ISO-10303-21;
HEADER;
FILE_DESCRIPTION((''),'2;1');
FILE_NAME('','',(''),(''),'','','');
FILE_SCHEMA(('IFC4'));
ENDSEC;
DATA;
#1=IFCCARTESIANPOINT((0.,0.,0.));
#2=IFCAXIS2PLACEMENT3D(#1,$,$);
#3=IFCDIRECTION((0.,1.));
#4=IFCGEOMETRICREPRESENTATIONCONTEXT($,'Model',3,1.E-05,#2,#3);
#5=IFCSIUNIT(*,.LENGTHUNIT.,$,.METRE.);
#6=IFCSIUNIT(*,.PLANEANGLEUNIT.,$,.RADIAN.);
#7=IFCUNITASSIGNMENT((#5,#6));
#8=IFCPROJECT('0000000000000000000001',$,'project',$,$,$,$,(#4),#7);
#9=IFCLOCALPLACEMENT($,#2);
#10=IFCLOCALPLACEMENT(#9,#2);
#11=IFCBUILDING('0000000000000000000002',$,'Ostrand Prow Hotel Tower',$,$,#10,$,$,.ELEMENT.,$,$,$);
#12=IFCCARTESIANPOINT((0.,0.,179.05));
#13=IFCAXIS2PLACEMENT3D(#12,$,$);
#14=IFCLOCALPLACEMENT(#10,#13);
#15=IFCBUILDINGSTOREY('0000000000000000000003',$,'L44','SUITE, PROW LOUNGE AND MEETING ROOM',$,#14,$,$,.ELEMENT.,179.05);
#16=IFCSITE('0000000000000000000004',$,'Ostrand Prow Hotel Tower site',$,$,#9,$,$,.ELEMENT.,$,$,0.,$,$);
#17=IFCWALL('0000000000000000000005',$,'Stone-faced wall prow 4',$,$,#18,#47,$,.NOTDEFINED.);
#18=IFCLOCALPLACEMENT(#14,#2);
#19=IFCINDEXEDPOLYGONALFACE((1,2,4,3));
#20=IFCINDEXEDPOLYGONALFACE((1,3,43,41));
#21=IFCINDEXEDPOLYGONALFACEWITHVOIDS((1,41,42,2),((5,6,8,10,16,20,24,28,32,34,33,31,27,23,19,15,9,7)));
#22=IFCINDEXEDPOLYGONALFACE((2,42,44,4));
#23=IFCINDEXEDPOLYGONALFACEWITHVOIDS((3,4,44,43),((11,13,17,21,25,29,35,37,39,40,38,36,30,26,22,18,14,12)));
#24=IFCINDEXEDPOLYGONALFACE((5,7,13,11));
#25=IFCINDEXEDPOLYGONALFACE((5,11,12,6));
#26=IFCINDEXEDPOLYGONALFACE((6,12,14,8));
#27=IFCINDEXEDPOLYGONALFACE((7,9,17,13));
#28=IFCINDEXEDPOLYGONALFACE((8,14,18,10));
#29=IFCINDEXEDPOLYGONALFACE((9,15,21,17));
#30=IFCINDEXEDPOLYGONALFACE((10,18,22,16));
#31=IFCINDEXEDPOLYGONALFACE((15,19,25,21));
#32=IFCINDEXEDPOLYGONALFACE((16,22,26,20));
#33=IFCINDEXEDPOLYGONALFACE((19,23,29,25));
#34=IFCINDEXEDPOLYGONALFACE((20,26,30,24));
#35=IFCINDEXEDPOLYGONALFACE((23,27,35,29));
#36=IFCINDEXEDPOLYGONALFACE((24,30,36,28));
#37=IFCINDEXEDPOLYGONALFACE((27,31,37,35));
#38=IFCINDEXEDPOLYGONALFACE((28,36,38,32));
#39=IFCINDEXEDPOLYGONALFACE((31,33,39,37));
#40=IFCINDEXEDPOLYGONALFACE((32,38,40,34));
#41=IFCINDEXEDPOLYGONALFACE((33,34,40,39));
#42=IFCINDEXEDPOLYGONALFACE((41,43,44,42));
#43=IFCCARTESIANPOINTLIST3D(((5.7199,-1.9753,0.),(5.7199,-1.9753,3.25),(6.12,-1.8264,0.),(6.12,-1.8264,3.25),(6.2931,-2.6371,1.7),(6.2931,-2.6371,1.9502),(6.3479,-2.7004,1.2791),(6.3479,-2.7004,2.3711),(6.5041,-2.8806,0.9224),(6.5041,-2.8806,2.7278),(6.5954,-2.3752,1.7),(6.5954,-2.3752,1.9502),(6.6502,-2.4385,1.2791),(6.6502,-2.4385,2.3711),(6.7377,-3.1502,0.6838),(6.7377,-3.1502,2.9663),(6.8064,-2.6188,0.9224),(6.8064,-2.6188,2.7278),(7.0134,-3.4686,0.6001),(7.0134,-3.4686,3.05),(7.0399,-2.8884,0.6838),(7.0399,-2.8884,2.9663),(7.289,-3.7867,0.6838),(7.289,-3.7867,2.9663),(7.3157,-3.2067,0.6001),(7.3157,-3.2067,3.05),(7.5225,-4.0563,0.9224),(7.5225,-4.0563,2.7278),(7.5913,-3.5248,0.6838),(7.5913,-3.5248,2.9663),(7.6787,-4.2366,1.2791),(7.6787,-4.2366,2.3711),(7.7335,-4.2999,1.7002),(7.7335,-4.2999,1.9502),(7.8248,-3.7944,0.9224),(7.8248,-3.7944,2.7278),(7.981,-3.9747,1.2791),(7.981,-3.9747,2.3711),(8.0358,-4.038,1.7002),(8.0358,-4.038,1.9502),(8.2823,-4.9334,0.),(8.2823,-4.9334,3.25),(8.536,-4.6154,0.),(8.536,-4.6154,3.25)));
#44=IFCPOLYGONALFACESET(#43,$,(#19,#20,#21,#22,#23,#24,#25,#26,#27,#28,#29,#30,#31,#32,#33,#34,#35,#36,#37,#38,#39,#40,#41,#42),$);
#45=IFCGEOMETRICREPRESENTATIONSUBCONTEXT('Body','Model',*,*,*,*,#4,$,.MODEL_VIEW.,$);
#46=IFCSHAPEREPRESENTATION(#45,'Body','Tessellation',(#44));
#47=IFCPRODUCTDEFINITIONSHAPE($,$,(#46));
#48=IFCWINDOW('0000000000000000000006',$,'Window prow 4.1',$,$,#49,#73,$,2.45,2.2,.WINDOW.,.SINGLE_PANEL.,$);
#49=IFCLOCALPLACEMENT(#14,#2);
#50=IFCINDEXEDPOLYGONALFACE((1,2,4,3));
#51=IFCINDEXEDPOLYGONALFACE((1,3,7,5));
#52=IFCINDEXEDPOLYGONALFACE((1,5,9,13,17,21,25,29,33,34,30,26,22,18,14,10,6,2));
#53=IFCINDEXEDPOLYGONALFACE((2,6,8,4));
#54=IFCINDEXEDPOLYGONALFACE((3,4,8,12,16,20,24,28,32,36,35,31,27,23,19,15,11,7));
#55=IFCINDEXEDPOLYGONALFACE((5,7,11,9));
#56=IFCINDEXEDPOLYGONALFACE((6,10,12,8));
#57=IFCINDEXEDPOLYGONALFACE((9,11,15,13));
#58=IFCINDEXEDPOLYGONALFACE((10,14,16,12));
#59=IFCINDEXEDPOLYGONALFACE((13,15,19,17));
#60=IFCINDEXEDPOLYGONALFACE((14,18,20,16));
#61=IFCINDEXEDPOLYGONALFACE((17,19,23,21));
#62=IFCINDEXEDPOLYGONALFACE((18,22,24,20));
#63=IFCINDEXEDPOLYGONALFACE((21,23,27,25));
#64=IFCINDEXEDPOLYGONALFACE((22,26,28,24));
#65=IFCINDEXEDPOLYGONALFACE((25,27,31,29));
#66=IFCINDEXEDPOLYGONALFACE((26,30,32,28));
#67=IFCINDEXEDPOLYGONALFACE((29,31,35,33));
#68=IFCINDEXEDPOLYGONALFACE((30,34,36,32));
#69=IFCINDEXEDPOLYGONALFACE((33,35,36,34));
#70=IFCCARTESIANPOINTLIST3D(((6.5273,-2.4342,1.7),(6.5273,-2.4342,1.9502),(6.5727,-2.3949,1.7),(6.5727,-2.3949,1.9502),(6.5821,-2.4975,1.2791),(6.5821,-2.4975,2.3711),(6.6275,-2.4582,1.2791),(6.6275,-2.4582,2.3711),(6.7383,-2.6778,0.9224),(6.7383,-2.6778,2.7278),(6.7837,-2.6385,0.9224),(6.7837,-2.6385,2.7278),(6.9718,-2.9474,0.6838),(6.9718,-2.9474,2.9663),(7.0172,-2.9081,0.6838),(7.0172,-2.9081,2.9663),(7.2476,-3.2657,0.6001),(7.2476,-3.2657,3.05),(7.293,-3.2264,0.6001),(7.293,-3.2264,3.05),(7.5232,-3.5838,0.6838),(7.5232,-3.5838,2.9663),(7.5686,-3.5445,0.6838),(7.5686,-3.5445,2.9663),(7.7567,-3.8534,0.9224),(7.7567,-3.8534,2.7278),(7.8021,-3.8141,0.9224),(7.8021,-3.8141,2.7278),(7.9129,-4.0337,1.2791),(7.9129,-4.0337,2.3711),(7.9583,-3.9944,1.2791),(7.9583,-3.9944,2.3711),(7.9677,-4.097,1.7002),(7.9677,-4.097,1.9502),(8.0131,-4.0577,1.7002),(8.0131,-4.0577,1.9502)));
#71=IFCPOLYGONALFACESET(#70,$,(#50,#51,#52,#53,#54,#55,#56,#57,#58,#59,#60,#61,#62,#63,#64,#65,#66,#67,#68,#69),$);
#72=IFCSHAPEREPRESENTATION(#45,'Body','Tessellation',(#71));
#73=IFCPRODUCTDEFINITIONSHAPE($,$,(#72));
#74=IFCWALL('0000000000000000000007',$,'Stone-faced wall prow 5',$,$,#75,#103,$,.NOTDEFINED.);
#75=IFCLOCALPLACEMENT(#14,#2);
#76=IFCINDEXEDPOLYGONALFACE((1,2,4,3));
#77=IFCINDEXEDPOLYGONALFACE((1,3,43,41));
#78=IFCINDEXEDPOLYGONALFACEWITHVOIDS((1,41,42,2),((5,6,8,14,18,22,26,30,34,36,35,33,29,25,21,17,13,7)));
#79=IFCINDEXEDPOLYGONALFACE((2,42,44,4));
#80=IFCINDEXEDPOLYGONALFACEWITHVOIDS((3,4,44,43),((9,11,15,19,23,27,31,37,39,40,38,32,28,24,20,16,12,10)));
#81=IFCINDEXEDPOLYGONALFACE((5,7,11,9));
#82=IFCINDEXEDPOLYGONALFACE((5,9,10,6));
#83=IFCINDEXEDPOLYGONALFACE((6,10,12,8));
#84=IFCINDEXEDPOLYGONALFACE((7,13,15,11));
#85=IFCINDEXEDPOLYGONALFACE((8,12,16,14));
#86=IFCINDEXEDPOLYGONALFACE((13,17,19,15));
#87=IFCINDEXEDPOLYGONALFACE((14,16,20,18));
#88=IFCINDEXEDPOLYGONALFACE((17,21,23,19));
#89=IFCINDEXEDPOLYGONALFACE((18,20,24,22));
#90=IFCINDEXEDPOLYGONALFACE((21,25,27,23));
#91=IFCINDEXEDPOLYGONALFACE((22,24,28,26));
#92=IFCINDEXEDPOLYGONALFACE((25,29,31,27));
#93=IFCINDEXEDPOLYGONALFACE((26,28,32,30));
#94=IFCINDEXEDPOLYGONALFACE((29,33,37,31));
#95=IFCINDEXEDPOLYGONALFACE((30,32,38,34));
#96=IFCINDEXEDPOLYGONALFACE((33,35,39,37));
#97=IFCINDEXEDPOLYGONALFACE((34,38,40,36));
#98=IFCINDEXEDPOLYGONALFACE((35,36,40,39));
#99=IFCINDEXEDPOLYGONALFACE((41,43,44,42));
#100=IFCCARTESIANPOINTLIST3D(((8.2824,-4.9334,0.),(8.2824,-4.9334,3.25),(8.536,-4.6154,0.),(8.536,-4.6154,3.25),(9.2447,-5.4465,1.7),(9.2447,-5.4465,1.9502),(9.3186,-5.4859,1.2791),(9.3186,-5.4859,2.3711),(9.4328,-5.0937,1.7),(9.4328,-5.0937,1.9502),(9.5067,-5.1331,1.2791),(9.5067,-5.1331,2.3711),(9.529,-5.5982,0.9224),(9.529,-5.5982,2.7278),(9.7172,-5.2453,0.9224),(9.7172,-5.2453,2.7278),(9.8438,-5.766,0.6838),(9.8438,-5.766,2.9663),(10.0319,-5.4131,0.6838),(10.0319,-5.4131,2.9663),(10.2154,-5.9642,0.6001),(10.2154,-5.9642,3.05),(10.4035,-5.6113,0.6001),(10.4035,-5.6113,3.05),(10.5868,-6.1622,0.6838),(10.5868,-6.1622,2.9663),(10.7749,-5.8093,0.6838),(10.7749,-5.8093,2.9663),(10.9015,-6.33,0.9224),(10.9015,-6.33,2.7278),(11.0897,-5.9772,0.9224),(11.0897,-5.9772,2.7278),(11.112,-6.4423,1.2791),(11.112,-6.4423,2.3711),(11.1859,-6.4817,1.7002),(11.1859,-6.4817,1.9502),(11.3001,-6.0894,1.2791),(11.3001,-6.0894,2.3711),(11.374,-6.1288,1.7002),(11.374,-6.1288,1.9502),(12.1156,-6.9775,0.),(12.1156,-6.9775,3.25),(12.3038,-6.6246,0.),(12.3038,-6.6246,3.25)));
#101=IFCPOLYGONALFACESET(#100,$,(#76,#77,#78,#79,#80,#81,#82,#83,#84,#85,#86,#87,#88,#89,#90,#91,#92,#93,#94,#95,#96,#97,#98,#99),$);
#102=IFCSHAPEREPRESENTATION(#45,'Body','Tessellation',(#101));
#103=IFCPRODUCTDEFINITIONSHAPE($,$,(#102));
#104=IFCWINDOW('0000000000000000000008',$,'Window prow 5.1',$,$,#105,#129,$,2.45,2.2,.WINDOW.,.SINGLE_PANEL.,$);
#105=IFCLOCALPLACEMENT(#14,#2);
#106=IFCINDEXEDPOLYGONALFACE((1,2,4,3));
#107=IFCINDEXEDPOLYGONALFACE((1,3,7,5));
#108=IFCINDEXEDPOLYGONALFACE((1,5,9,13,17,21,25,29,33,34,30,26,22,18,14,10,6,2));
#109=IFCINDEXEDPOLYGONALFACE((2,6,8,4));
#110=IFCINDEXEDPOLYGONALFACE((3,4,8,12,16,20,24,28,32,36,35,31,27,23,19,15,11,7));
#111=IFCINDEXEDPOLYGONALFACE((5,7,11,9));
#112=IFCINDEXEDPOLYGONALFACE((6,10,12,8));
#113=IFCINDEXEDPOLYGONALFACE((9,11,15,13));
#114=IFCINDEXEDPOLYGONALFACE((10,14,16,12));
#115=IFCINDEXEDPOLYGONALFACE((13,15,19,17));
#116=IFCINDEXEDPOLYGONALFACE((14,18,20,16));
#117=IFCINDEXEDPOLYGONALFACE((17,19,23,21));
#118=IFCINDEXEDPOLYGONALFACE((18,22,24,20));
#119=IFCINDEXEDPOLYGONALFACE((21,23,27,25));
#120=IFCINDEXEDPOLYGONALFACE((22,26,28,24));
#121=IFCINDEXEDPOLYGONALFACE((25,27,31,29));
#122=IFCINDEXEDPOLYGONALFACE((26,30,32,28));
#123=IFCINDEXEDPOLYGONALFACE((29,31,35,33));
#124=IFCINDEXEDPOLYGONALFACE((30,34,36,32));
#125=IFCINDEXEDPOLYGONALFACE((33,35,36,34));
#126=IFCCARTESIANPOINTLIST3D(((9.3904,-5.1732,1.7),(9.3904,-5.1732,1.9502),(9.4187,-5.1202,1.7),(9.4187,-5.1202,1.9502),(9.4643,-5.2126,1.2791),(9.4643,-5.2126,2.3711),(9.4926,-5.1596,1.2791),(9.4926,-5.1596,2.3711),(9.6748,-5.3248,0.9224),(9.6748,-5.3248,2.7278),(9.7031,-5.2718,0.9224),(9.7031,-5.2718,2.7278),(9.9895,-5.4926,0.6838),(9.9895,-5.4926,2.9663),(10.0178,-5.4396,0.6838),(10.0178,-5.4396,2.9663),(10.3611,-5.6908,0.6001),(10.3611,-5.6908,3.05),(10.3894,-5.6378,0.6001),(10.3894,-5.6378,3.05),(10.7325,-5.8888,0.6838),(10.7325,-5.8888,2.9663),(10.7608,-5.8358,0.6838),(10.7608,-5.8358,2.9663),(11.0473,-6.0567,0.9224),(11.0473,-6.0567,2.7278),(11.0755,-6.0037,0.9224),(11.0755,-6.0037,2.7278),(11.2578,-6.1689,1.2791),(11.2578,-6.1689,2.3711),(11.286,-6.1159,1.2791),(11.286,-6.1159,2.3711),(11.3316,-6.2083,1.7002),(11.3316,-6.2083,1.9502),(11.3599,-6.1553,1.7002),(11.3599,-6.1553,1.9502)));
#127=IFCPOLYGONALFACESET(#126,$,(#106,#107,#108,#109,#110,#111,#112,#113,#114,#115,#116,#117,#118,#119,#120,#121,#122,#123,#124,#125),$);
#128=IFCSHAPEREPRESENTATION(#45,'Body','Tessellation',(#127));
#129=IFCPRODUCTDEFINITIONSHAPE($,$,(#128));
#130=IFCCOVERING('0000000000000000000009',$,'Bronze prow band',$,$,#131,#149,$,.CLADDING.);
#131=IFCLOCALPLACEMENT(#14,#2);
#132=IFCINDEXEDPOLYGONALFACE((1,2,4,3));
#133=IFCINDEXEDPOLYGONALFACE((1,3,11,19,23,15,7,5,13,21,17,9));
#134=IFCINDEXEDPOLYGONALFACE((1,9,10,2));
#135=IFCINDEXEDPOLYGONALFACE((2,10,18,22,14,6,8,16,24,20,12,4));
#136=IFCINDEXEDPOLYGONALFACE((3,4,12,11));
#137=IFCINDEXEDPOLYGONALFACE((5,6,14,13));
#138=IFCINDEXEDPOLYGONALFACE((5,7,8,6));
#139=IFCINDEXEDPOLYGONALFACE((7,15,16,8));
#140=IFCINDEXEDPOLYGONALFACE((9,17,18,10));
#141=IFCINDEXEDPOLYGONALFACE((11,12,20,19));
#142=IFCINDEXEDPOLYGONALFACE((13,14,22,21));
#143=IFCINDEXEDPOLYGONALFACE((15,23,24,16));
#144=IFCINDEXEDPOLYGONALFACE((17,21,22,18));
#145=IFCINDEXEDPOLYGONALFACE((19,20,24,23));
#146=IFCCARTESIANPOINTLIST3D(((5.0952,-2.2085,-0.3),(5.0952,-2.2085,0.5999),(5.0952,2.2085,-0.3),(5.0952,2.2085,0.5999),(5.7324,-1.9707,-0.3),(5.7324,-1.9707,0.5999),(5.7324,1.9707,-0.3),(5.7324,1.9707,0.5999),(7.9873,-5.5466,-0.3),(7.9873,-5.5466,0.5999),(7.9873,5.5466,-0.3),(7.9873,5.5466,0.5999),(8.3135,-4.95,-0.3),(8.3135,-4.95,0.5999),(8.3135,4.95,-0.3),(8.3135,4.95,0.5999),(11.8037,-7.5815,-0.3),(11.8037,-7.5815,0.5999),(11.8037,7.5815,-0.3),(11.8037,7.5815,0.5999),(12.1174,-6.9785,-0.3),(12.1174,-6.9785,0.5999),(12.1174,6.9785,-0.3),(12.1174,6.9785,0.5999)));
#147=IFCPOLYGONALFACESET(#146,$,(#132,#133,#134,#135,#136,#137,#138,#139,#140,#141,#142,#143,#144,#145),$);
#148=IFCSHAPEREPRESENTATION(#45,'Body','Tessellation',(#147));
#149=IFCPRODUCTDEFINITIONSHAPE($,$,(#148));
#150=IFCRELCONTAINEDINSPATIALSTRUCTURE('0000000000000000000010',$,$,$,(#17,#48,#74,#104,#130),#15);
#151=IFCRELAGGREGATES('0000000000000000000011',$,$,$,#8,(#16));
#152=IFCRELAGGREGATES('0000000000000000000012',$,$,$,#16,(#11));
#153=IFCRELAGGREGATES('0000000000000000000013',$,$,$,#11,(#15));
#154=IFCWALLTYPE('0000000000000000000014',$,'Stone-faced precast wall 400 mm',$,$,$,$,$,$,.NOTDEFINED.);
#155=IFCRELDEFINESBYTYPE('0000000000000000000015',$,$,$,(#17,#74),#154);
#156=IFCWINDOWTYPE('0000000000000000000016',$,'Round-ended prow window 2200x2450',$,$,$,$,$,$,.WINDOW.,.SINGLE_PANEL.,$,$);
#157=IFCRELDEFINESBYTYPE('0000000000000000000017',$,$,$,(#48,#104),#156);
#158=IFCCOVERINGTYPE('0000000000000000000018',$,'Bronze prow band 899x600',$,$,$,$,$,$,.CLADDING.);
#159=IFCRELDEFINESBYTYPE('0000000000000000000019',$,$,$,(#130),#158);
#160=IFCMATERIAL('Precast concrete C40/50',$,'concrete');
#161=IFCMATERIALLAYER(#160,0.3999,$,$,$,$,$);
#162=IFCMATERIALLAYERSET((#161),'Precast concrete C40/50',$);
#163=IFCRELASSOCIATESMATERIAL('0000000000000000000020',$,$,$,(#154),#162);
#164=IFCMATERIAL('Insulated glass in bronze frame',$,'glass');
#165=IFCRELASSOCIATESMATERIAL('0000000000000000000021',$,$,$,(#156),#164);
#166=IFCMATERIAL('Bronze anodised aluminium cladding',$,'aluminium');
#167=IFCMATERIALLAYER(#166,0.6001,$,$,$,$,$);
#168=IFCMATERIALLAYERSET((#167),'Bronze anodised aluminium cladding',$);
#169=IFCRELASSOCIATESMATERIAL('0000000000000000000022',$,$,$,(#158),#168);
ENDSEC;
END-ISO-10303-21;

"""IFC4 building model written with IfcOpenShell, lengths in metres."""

from ifc_helpers import new_model, si_unit, direction, frame, origin, place, context, subcontext, project, spatial, polyline, outline, extrude, material, layer, layer_set, type_object, element, fill, save


model = new_model("IFC4")

# Units and contexts
model_context = context("Model", 3, precision=1e-05, world=origin(), true_north=direction((0.0, 1.0)))
body_context = subcontext(model_context, "Body", "Model", "MODEL_VIEW")
ifc_project = project(units=[si_unit("LENGTHUNIT", "METRE"), si_unit("PLANEANGLEUNIT", "RADIAN")], contexts=[model_context])

# Site, building, storey
site_placement = place(None, origin())
site = spatial("IfcSite", under=ifc_project, at=site_placement, Name="Ostrand Prow Hotel Tower site", CompositionType="ELEMENT", RefElevation=0.0)
building_placement = place(site_placement, origin())
building = spatial("IfcBuilding", under=site, at=building_placement, Name="Ostrand Prow Hotel Tower", CompositionType="ELEMENT")
storey_placement = place(building_placement, frame((0.0, 0.0, 179.05)))
storey = spatial("IfcBuildingStorey", under=building, at=storey_placement, Name="L44", Description="SUITE, PROW LOUNGE AND MEETING ROOM", CompositionType="ELEMENT", Elevation=179.05)

# Walls, openings, windows
ifc_material_1 = material(Name="Precast concrete C40/50", Category="concrete")
ifc_layer_1 = layer(ifc_material_1, 0.3999)
ifc_layer_set_1 = layer_set([ifc_layer_1], Name="Precast concrete C40/50")
wall_type = type_object("IfcWallType", Name="Stone-faced precast wall 400 mm", PredefinedType="NOTDEFINED", material=ifc_layer_set_1)
wall_1_placement = place(storey_placement, frame((5.9199, -1.9009, 0.0), z_axis=(0.0, 0.0, 1.0), x_axis=(0.654759, -0.755837, 0.0)))
wall_1 = element("IfcWall", 1, at=wall_1_placement, inside=storey, type_object=wall_type, Name="Stone-faced wall prow 4", PredefinedType="NOTDEFINED", context=body_context, shape_type="SweptSolid", body=[
    extrude(outline(polyline([(-0.0747, -0.2), (3.8389, -0.2), (3.7646, 0.2), (0.0747, 0.2), (-0.0747, -0.2)])), origin(), (0.0, 0.0, 1.0), 3.25),
])
opening_1_placement = place(wall_1_placement, frame((0.8008, 0.0, 0.6001)))
opening_1 = element("IfcOpeningElement", 2, at=opening_1_placement, cuts=wall_1, PredefinedType="OPENING", context=body_context, shape_type="SweptSolid", body=[
    extrude(outline(polyline([(0.0, 1.3501), (0.0837, 1.771), (0.3223, 2.1277), (0.679, 2.3662), (1.1001, 2.45), (1.521, 2.3662), (1.8777, 2.1277), (2.1162, 1.771), (2.2, 1.3501), (2.2, 1.1001), (2.1162, 0.679), (1.8777, 0.3223), (1.521, 0.0837), (1.1001, 0.0), (0.679, 0.0837), (0.3223, 0.3223), (0.0837, 0.679), (0.0, 1.0999), (0.0, 1.3501)])), frame((0.0, 0.21, 0.0), z_axis=(0.0, -1.0, 0.0), x_axis=(1.0, 0.0, 0.0)), (0.0, 0.0, 1.0), 0.4199),
])
ifc_material_2 = material(Name="Insulated glass in bronze frame", Category="glass")
window_type = type_object("IfcWindowType", Name="Round-ended prow window 2200x2450", PartitioningType="SINGLE_PANEL", PredefinedType="WINDOW", material=ifc_material_2)
window_1_placement = place(opening_1_placement, origin())
window_1 = element("IfcWindow", 3, at=window_1_placement, inside=storey, type_object=window_type, Name="Window prow 4.1", OverallHeight=2.45, OverallWidth=2.2, PartitioningType="SINGLE_PANEL", PredefinedType="WINDOW", context=body_context, shape_type="SweptSolid", body=[
    extrude(outline(polyline([(0.0, 1.3501), (0.0837, 1.771), (0.3223, 2.1277), (0.679, 2.3662), (1.1001, 2.45), (1.521, 2.3662), (1.8777, 2.1277), (2.1162, 1.771), (2.2, 1.3501), (2.2, 1.1001), (2.1162, 0.679), (1.8777, 0.3223), (1.521, 0.0837), (1.1001, 0.0), (0.679, 0.0837), (0.3223, 0.3223), (0.0837, 0.679), (0.0, 1.0999), (0.0, 1.3501)])), frame((0.0, 0.1699, 0.0), z_axis=(0.0, -1.0, 0.0), x_axis=(1.0, 0.0, 0.0)), (0.0, 0.0, 1.0), 0.0601),
])
fill(opening_1, window_1)
wall_2_placement = place(storey_placement, frame((8.4092, -4.7744, 0.0), z_axis=(0.0, 0.0, 1.0), x_axis=(0.882386, -0.470526, 0.0)))
wall_2 = element("IfcWall", 4, at=wall_2_placement, inside=storey, type_object=wall_type, Name="Stone-faced wall prow 5", PredefinedType="NOTDEFINED", context=body_context, shape_type="SweptSolid", body=[
    extrude(outline(polyline([(-0.0371, -0.2), (4.3071, -0.2), (4.3071, 0.2), (0.0371, 0.2), (-0.0371, -0.2)])), origin(), (0.0, 0.0, 1.0), 3.25),
])
opening_2_placement = place(wall_2_placement, frame((1.0535, 0.0, 0.6001)))
opening_2 = element("IfcOpeningElement", 5, at=opening_2_placement, cuts=wall_2, PredefinedType="OPENING", context=body_context, shape_type="SweptSolid", body=[
    extrude(outline(polyline([(0.0, 1.3501), (0.0837, 1.771), (0.3223, 2.1277), (0.679, 2.3662), (1.1001, 2.45), (1.521, 2.3662), (1.8777, 2.1277), (2.1162, 1.771), (2.2, 1.3501), (2.2, 1.1001), (2.1162, 0.679), (1.8777, 0.3223), (1.521, 0.0837), (1.1001, 0.0), (0.679, 0.0837), (0.3223, 0.3223), (0.0837, 0.679), (0.0, 1.0999), (0.0, 1.3501)])), frame((0.0, 0.21, 0.0), z_axis=(0.0, -1.0, 0.0), x_axis=(1.0, 0.0, 0.0)), (0.0, 0.0, 1.0), 0.4199),
])
window_2_placement = place(opening_2_placement, origin())
window_2 = element("IfcWindow", 6, at=window_2_placement, inside=storey, type_object=window_type, Name="Window prow 5.1", OverallHeight=2.45, OverallWidth=2.2, PartitioningType="SINGLE_PANEL", PredefinedType="WINDOW", context=body_context, shape_type="SweptSolid", body=[
    extrude(outline(polyline([(0.0, 1.3501), (0.0837, 1.771), (0.3223, 2.1277), (0.679, 2.3662), (1.1001, 2.45), (1.521, 2.3662), (1.8777, 2.1277), (2.1162, 1.771), (2.2, 1.3501), (2.2, 1.1001), (2.1162, 0.679), (1.8777, 0.3223), (1.521, 0.0837), (1.1001, 0.0), (0.679, 0.0837), (0.3223, 0.3223), (0.0837, 0.679), (0.0, 1.0999), (0.0, 1.3501)])), frame((0.0, 0.1699, 0.0), z_axis=(0.0, -1.0, 0.0), x_axis=(1.0, 0.0, 0.0)), (0.0, 0.0, 1.0), 0.0601),
])
fill(opening_2, window_2)

# Covering
ifc_material_3 = material(Name="Bronze anodised aluminium cladding", Category="aluminium")
ifc_layer_2 = layer(ifc_material_3, 0.6001)
ifc_layer_set_2 = layer_set([ifc_layer_2], Name="Bronze anodised aluminium cladding")
covering_type_1 = type_object("IfcCoveringType", Name="Bronze prow band 899x600", PredefinedType="CLADDING", material=ifc_layer_set_2)
covering_1_placement = place(storey_placement, frame((0.0, 0.0, -0.3)))
element("IfcCovering", 7, at=covering_1_placement, inside=storey, type_object=covering_type_1, Name="Bronze prow band", PredefinedType="CLADDING", context=body_context, shape_type="SweptSolid", body=[
    extrude(outline(polyline([(11.8037, 7.5815), (7.9873, 5.5466), (5.0952, 2.2085), (5.0952, -2.2085), (7.9873, -5.5466), (11.8037, -7.5815), (12.1174, -6.9785), (8.3135, -4.95), (5.7324, -1.9707), (5.7324, 1.9707), (8.3135, 4.95), (12.1174, 6.9785), (11.8037, 7.5815)])), origin(), (0.0, 0.0, 1.0), 0.8999),
])

save(model, "model.ifc")
